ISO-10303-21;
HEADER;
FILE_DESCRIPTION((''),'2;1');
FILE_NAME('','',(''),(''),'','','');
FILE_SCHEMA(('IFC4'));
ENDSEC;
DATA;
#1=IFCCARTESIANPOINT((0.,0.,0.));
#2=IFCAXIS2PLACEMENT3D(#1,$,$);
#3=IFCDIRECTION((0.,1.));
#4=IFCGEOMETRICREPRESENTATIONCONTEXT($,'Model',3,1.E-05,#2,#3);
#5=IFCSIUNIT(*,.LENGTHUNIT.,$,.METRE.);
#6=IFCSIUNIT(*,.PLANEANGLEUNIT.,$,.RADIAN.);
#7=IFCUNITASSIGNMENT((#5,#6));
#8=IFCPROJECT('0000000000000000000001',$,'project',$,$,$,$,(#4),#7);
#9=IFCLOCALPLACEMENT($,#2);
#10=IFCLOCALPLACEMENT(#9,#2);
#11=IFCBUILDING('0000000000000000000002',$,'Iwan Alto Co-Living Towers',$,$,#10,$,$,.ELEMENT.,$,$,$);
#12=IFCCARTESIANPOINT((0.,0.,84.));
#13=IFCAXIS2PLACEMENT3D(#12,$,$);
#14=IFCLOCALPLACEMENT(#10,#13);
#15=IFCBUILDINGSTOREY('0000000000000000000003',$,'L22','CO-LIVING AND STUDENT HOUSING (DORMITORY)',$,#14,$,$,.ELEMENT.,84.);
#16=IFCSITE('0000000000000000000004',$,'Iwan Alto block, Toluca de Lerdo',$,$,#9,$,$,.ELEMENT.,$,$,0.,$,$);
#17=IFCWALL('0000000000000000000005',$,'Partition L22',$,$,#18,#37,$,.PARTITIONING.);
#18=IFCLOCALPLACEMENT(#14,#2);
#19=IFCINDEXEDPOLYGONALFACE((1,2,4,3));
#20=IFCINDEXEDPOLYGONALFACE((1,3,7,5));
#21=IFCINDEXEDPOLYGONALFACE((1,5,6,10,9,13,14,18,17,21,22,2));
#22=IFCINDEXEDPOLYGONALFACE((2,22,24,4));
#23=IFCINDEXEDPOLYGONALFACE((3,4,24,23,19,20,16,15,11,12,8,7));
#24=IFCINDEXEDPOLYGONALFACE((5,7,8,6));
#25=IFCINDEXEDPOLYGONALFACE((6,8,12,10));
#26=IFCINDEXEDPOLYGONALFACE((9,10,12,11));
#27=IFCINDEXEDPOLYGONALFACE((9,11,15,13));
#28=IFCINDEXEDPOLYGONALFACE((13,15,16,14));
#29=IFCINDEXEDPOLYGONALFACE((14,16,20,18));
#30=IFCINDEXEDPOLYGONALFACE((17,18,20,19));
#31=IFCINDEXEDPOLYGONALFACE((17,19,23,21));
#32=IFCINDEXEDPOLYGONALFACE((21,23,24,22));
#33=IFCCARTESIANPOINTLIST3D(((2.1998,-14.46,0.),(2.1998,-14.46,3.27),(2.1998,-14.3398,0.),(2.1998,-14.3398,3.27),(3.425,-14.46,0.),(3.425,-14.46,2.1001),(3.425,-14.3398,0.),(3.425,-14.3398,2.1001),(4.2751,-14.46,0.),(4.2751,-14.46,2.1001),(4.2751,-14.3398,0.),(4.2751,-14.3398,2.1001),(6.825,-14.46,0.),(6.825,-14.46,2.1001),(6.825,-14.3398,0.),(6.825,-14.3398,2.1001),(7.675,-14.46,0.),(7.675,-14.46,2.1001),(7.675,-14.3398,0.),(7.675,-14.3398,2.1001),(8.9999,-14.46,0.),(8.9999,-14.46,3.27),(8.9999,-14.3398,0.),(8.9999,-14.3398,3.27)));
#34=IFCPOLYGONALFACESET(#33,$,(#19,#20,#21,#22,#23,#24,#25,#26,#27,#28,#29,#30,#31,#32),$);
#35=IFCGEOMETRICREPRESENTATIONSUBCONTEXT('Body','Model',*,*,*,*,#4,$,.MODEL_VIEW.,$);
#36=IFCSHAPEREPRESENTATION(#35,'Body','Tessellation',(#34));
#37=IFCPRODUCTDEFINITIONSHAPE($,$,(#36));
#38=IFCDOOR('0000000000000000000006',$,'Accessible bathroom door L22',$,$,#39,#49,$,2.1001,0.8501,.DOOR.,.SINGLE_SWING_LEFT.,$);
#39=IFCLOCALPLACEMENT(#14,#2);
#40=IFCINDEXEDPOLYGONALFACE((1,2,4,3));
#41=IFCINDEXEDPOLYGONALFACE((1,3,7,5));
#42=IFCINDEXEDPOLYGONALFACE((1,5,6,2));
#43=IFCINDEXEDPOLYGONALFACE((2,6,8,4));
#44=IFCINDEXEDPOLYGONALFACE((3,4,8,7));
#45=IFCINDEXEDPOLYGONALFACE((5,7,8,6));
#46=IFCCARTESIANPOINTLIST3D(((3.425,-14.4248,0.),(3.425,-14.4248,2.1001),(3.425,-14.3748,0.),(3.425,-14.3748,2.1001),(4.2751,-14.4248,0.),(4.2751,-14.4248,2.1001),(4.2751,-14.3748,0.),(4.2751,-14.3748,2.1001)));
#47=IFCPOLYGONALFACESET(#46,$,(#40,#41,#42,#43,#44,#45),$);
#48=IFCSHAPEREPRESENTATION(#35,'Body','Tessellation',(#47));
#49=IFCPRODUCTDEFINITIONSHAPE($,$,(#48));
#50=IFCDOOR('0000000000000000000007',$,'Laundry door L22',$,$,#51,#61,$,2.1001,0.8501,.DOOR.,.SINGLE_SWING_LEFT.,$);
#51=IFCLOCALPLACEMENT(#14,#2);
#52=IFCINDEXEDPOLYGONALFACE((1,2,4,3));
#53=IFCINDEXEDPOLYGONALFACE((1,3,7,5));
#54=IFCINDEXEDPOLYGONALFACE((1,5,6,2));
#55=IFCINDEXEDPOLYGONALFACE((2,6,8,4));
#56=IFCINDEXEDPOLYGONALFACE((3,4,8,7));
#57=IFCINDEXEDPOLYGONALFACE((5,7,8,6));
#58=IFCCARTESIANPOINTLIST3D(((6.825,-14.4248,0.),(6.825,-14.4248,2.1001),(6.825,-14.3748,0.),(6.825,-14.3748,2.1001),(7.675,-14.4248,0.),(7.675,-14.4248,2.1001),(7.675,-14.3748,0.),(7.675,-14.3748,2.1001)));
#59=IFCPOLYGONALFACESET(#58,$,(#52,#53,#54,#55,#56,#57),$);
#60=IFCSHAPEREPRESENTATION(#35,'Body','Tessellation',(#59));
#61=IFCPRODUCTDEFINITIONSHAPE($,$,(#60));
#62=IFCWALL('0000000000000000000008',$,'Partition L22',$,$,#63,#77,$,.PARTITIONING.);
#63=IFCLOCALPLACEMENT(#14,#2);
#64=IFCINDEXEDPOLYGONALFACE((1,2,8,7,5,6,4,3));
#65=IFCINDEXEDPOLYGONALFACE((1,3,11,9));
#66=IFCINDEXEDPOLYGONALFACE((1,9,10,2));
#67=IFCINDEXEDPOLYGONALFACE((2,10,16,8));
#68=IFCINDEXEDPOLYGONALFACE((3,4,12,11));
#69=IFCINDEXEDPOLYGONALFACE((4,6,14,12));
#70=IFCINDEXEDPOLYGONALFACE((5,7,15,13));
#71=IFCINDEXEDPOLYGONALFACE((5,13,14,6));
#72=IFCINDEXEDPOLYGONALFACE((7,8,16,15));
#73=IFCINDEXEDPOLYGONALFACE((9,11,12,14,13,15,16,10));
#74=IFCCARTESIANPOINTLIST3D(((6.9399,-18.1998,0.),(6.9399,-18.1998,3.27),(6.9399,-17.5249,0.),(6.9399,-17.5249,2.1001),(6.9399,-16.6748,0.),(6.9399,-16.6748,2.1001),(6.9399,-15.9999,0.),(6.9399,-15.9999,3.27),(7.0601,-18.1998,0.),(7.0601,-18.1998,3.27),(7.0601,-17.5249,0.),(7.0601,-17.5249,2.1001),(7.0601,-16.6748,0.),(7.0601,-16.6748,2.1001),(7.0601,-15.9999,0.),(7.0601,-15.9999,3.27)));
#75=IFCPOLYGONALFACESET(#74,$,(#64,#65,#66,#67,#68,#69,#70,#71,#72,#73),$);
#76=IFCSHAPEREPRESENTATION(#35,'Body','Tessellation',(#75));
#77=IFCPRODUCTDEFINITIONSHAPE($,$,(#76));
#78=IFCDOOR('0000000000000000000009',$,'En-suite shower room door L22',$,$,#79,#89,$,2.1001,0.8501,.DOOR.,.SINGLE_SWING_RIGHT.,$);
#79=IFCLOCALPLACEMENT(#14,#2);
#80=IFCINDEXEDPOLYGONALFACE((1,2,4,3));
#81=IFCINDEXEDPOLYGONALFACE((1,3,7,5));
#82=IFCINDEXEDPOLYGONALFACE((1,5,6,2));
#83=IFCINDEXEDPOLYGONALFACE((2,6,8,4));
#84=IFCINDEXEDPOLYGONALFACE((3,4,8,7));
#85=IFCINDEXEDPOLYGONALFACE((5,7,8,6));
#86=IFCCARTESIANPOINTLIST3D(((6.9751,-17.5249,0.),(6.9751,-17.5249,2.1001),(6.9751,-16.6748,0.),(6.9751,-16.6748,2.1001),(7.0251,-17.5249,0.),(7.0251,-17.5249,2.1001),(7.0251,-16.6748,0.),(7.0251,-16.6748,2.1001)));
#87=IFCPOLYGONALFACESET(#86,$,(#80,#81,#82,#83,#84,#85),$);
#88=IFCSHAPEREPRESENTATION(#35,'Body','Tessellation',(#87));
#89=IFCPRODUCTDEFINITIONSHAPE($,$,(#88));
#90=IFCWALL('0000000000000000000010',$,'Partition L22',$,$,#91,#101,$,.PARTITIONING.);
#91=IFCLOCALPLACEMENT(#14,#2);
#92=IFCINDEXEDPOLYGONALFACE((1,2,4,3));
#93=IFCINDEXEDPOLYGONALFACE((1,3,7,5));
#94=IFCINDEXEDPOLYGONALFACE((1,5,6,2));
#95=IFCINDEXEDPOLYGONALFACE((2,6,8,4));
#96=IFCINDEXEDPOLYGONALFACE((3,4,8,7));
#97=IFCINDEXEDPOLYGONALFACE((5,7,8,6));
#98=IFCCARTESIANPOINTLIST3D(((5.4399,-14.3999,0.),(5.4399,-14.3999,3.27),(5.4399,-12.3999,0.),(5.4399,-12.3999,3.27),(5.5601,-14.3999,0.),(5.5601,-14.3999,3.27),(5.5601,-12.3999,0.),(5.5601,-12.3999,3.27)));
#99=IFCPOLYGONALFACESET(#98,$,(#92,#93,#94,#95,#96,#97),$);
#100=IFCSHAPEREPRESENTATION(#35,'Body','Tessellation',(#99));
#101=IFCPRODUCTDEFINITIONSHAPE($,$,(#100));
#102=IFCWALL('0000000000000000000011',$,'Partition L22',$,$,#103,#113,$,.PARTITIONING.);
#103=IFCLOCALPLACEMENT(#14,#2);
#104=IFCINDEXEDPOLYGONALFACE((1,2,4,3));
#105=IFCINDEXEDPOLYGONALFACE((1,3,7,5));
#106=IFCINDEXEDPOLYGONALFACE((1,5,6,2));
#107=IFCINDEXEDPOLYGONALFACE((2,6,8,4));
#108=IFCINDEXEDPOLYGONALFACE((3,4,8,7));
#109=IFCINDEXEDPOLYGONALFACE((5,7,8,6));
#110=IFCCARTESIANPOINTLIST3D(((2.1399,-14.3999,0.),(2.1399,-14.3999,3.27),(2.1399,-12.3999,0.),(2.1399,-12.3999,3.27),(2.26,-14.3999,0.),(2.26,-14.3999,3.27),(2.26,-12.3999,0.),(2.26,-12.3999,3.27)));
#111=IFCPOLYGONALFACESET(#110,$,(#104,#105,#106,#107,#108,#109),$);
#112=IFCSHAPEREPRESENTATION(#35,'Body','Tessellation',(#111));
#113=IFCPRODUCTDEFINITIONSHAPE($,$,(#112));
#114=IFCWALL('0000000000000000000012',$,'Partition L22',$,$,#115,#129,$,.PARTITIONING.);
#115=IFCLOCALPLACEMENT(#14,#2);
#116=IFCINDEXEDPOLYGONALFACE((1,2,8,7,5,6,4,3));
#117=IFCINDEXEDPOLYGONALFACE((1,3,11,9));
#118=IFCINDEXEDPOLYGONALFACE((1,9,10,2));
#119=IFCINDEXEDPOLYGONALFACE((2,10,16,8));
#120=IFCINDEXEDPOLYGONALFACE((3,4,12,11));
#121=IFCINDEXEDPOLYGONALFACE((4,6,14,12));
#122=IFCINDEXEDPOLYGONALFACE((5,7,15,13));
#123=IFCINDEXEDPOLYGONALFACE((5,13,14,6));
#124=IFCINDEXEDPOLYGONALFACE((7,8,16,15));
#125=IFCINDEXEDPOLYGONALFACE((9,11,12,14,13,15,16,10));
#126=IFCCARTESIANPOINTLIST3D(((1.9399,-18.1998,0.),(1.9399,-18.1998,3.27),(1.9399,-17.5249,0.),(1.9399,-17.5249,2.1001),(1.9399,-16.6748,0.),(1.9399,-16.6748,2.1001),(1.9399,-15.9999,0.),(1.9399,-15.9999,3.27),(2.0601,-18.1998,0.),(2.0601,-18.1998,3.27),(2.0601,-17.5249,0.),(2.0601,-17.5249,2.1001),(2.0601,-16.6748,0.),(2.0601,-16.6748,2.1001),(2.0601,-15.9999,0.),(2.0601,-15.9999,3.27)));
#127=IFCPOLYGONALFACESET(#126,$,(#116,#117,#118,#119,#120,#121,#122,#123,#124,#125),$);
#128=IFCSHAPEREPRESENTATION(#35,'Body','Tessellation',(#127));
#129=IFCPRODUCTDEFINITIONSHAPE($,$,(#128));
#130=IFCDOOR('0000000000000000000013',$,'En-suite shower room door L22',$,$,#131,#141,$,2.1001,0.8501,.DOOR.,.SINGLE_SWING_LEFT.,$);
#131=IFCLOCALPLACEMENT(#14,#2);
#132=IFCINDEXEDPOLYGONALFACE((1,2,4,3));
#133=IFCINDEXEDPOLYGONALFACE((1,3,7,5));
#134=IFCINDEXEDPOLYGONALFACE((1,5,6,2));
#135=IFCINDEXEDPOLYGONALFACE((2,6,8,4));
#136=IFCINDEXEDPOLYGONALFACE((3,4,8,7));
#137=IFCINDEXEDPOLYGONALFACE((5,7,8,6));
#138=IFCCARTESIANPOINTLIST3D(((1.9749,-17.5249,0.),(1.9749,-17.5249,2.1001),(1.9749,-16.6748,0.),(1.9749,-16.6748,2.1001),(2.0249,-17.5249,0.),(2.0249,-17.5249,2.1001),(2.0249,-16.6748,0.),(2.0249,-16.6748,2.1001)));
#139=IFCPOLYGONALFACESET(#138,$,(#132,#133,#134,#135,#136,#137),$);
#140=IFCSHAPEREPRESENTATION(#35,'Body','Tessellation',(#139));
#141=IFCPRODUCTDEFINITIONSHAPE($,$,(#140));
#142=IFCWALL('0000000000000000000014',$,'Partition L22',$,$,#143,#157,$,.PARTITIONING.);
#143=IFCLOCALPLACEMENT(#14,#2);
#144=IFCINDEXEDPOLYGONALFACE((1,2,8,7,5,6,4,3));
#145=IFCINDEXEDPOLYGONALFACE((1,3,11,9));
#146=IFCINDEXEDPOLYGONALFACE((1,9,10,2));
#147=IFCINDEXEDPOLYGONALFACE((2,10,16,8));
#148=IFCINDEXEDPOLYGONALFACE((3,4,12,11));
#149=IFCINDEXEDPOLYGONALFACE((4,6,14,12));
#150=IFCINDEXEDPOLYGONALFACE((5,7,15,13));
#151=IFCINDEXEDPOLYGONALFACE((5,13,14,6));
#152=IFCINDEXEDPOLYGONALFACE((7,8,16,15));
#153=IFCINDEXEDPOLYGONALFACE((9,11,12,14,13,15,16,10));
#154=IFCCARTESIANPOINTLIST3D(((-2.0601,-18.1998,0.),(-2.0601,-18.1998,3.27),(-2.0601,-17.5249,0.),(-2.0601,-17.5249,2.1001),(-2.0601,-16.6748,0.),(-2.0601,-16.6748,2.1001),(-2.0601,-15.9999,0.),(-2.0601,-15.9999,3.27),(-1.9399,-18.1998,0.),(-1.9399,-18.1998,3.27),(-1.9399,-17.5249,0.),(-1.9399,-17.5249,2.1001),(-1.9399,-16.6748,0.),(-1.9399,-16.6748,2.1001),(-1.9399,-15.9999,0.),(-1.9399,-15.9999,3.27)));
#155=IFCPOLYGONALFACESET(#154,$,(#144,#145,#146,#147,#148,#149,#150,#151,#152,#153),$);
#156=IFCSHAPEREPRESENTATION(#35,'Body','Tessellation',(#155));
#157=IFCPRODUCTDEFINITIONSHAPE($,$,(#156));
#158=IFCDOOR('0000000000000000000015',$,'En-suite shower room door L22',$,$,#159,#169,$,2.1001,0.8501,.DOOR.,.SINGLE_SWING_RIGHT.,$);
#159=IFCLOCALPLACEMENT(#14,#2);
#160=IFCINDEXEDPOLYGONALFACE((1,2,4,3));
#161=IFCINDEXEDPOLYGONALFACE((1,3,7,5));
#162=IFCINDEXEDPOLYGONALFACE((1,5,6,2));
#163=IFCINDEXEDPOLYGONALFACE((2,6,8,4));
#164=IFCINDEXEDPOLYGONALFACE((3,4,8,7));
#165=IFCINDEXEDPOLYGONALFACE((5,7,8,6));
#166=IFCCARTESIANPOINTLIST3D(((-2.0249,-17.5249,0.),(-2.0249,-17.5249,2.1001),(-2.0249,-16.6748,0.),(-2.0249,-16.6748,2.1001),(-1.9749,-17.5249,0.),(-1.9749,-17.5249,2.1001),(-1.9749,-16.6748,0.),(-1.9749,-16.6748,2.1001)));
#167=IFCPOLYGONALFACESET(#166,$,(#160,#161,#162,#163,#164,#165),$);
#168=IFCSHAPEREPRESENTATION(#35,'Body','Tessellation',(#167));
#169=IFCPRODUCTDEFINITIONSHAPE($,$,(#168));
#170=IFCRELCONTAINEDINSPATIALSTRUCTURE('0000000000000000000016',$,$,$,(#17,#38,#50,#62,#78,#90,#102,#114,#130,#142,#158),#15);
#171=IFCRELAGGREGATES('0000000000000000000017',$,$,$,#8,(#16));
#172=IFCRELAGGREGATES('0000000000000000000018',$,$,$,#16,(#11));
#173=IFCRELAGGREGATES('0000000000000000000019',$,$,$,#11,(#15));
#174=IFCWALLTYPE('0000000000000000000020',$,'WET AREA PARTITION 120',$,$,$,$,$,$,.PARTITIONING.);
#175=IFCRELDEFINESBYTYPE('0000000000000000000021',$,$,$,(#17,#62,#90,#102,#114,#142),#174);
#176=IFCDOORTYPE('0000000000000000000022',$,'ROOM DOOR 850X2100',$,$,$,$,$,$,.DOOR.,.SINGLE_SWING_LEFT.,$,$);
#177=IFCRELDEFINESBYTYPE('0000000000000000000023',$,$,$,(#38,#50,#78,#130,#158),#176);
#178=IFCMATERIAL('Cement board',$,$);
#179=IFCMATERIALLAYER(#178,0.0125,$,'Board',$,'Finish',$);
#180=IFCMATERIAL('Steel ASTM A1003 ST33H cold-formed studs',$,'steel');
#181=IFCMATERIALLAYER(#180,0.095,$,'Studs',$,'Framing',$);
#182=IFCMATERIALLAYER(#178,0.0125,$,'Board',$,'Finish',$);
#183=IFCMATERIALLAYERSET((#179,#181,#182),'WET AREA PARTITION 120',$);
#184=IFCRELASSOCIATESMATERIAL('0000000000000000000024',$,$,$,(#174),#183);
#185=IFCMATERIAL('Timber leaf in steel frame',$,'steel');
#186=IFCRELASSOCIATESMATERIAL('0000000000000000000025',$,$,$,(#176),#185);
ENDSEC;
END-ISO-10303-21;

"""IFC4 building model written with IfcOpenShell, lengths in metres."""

from ifc_helpers import new_model, si_unit, direction, frame, frame_2d, origin, place, context, subcontext, project, spatial, rectangle, extrude, material, layer, layer_set, type_object, element, fill, save


model = new_model("IFC4")

# Units and contexts
model_context = context("Model", 3, precision=1e-05, world=origin(), true_north=direction((0.0, 1.0)))
body_context = subcontext(model_context, "Body", "Model", "MODEL_VIEW")
ifc_project = project(units=[si_unit("LENGTHUNIT", "METRE"), si_unit("PLANEANGLEUNIT", "RADIAN")], contexts=[model_context])

# Site, building, storey
site_placement = place(None, origin())
site = spatial("IfcSite", under=ifc_project, at=site_placement, Name="Iwan Alto block, Toluca de Lerdo", CompositionType="ELEMENT", RefElevation=0.0)
building_placement = place(site_placement, origin())
building = spatial("IfcBuilding", under=site, at=building_placement, Name="Iwan Alto Co-Living Towers", CompositionType="ELEMENT")
storey_placement = place(building_placement, frame((0.0, 0.0, 84.0)))
storey = spatial("IfcBuildingStorey", under=building, at=storey_placement, Name="L22", Description="CO-LIVING AND STUDENT HOUSING (DORMITORY)", CompositionType="ELEMENT", Elevation=84.0)

# Shared definitions
ifc_material_1 = material(Name="Cement board")
ifc_layer_1 = layer(ifc_material_1, 0.0125, Name="Board", Category="Finish")
ifc_material_2 = material(Name="Steel ASTM A1003 ST33H cold-formed studs", Category="steel")
ifc_layer_2 = layer(ifc_material_2, 0.095, Name="Studs", Category="Framing")
ifc_layer_3 = layer(ifc_material_1, 0.0125, Name="Board", Category="Finish")
ifc_layer_set_1 = layer_set([ifc_layer_1, ifc_layer_2, ifc_layer_3], Name="WET AREA PARTITION 120")
wall_type_1 = type_object("IfcWallType", Name="WET AREA PARTITION 120", PredefinedType="PARTITIONING", material=ifc_layer_set_1)

# Wall, openings, doors
wall_1_placement = place(storey_placement, frame((2.2, -14.3999, 0.0), z_axis=(0.0, 0.0, 1.0), x_axis=(1.0, 0.0, 0.0)))
wall_1 = element("IfcWall", 1, at=wall_1_placement, inside=storey, type_object=wall_type_1, Name="Partition L22", PredefinedType="PARTITIONING", context=body_context, shape_type="SweptSolid", body=[
    extrude(rectangle(XDim=6.8, YDim=0.1201, at=frame_2d((3.3999, 0.0))), origin(), (0.0, 0.0, 1.0), 3.27),
])
opening_1_placement = place(wall_1_placement, frame((1.2251, 0.0, 0.0)))
opening_1 = element("IfcOpeningElement", 2, at=opening_1_placement, cuts=wall_1, PredefinedType="OPENING", context=body_context, shape_type="SweptSolid", body=[
    extrude(rectangle(XDim=0.8501, YDim=2.1001, at=frame_2d((0.425, 1.05))), frame((0.0, 0.0701, 0.0), z_axis=(0.0, -1.0, 0.0), x_axis=(1.0, 0.0, 0.0)), (0.0, 0.0, 1.0), 0.1401),
])
opening_2_placement = place(wall_1_placement, frame((4.625, 0.0, 0.0)))
opening_2 = element("IfcOpeningElement", 3, at=opening_2_placement, cuts=wall_1, PredefinedType="OPENING", context=body_context, shape_type="SweptSolid", body=[
    extrude(rectangle(XDim=0.8501, YDim=2.1001, at=frame_2d((0.425, 1.05))), frame((0.0, 0.0701, 0.0), z_axis=(0.0, -1.0, 0.0), x_axis=(1.0, 0.0, 0.0)), (0.0, 0.0, 1.0), 0.1401),
])
ifc_material_3 = material(Name="Timber leaf in steel frame", Category="steel")
door_type_1 = type_object("IfcDoorType", Name="ROOM DOOR 850X2100", OperationType="SINGLE_SWING_LEFT", PredefinedType="DOOR", material=ifc_material_3)
door_1_placement = place(opening_1_placement, frame((0.8501, 0.0, 0.0), z_axis=(0.0, 0.0, 1.0), x_axis=(-1.0, 0.0, 0.0)))
door_1 = element("IfcDoor", 4, at=door_1_placement, inside=storey, type_object=door_type_1, Name="Accessible bathroom door L22", OperationType="SINGLE_SWING_LEFT", OverallHeight=2.1001, OverallWidth=0.8501, PredefinedType="DOOR", context=body_context, shape_type="SweptSolid", body=[
    extrude(rectangle(XDim=0.8501, YDim=2.1001, at=frame_2d((0.425, 1.05))), frame((0.0, 0.0249, 0.0), z_axis=(0.0, -1.0, 0.0), x_axis=(1.0, 0.0, 0.0)), (0.0, 0.0, 1.0), 0.05),
])
fill(opening_1, door_1)
door_2_placement = place(opening_2_placement, frame((0.8501, 0.0, 0.0), z_axis=(0.0, 0.0, 1.0), x_axis=(-1.0, 0.0, 0.0)))
door_2 = element("IfcDoor", 5, at=door_2_placement, inside=storey, type_object=door_type_1, Name="Laundry door L22", OperationType="SINGLE_SWING_LEFT", OverallHeight=2.1001, OverallWidth=0.8501, PredefinedType="DOOR", context=body_context, shape_type="SweptSolid", body=[
    extrude(rectangle(XDim=0.8501, YDim=2.1001, at=frame_2d((0.425, 1.05))), frame((0.0, 0.0249, 0.0), z_axis=(0.0, -1.0, 0.0), x_axis=(1.0, 0.0, 0.0)), (0.0, 0.0, 1.0), 0.05),
])
fill(opening_2, door_2)

# Wall, opening, door
wall_2_placement = place(storey_placement, frame((7.0, -18.2, 0.0), z_axis=(0.0, 0.0, 1.0), x_axis=(0.0, 1.0, 0.0)))
wall_2 = element("IfcWall", 6, at=wall_2_placement, inside=storey, type_object=wall_type_1, Name="Partition L22", PredefinedType="PARTITIONING", context=body_context, shape_type="SweptSolid", body=[
    extrude(rectangle(XDim=2.2, YDim=0.1201, at=frame_2d((1.1001, 0.0))), origin(), (0.0, 0.0, 1.0), 3.27),
])
opening_3_placement = place(wall_2_placement, frame((0.675, 0.0, 0.0)))
opening_3 = element("IfcOpeningElement", 7, at=opening_3_placement, cuts=wall_2, PredefinedType="OPENING", context=body_context, shape_type="SweptSolid", body=[
    extrude(rectangle(XDim=0.8501, YDim=2.1001, at=frame_2d((0.425, 1.05))), frame((0.0, 0.0701, 0.0), z_axis=(0.0, -1.0, 0.0), x_axis=(1.0, 0.0, 0.0)), (0.0, 0.0, 1.0), 0.1401),
])
door_3_placement = place(opening_3_placement, origin())
door_3 = element("IfcDoor", 8, at=door_3_placement, inside=storey, type_object=door_type_1, Name="En-suite shower room door L22", OperationType="SINGLE_SWING_RIGHT", OverallHeight=2.1001, OverallWidth=0.8501, PredefinedType="DOOR", context=body_context, shape_type="SweptSolid", body=[
    extrude(rectangle(XDim=0.8501, YDim=2.1001, at=frame_2d((0.425, 1.05))), frame((0.0, 0.0249, 0.0), z_axis=(0.0, -1.0, 0.0), x_axis=(1.0, 0.0, 0.0)), (0.0, 0.0, 1.0), 0.05),
])
fill(opening_3, door_3)

# Walls
for number, where, z_axis, x_axis, name in (
    (9, (5.5, -14.3999, 0.0), (0.0, 0.0, 1.0), (0.0, 1.0, 0.0), "Partition L22"),
    (10, (2.2, -14.3999, 0.0), (0.0, 0.0, 1.0), (0.0, 1.0, 0.0), "Partition L22"),
):
    element("IfcWall", number, at=place(storey_placement, frame(where, z_axis=z_axis, x_axis=x_axis)), inside=storey, type_object=wall_type_1, Name=name, PredefinedType="PARTITIONING", context=body_context, shape_type="SweptSolid", body=[
        extrude(rectangle(XDim=2.0, YDim=0.1201, at=frame_2d((1.0, 0.0))), origin(), (0.0, 0.0, 1.0), 3.27),
    ])

# Walls, openings, doors
wall_3_placement = place(storey_placement, frame((2.0, -18.2, 0.0), z_axis=(0.0, 0.0, 1.0), x_axis=(0.0, 1.0, 0.0)))
wall_3 = element("IfcWall", 11, at=wall_3_placement, inside=storey, type_object=wall_type_1, Name="Partition L22", PredefinedType="PARTITIONING", context=body_context, shape_type="SweptSolid", body=[
    extrude(rectangle(XDim=2.2, YDim=0.1201, at=frame_2d((1.1001, 0.0))), origin(), (0.0, 0.0, 1.0), 3.27),
])
opening_4_placement = place(wall_3_placement, frame((0.675, 0.0, 0.0)))
opening_4 = element("IfcOpeningElement", 12, at=opening_4_placement, cuts=wall_3, PredefinedType="OPENING", context=body_context, shape_type="SweptSolid", body=[
    extrude(rectangle(XDim=0.8501, YDim=2.1001, at=frame_2d((0.425, 1.05))), frame((0.0, 0.0701, 0.0), z_axis=(0.0, -1.0, 0.0), x_axis=(1.0, 0.0, 0.0)), (0.0, 0.0, 1.0), 0.1401),
])
door_4_placement = place(opening_4_placement, frame((0.8501, 0.0, 0.0), z_axis=(0.0, 0.0, 1.0), x_axis=(-1.0, 0.0, 0.0)))
door_4 = element("IfcDoor", 13, at=door_4_placement, inside=storey, type_object=door_type_1, Name="En-suite shower room door L22", OperationType="SINGLE_SWING_LEFT", OverallHeight=2.1001, OverallWidth=0.8501, PredefinedType="DOOR", context=body_context, shape_type="SweptSolid", body=[
    extrude(rectangle(XDim=0.8501, YDim=2.1001, at=frame_2d((0.425, 1.05))), frame((0.0, 0.0249, 0.0), z_axis=(0.0, -1.0, 0.0), x_axis=(1.0, 0.0, 0.0)), (0.0, 0.0, 1.0), 0.05),
])
fill(opening_4, door_4)
wall_4_placement = place(storey_placement, frame((-2.0, -18.2, 0.0), z_axis=(0.0, 0.0, 1.0), x_axis=(0.0, 1.0, 0.0)))
wall_4 = element("IfcWall", 14, at=wall_4_placement, inside=storey, type_object=wall_type_1, Name="Partition L22", PredefinedType="PARTITIONING", context=body_context, shape_type="SweptSolid", body=[
    extrude(rectangle(XDim=2.2, YDim=0.1201, at=frame_2d((1.1001, 0.0))), origin(), (0.0, 0.0, 1.0), 3.27),
])
opening_5_placement = place(wall_4_placement, frame((0.675, 0.0, 0.0)))
opening_5 = element("IfcOpeningElement", 15, at=opening_5_placement, cuts=wall_4, PredefinedType="OPENING", context=body_context, shape_type="SweptSolid", body=[
    extrude(rectangle(XDim=0.8501, YDim=2.1001, at=frame_2d((0.425, 1.05))), frame((0.0, 0.0701, 0.0), z_axis=(0.0, -1.0, 0.0), x_axis=(1.0, 0.0, 0.0)), (0.0, 0.0, 1.0), 0.1401),
])
door_5_placement = place(opening_5_placement, origin())
door_5 = element("IfcDoor", 16, at=door_5_placement, inside=storey, type_object=door_type_1, Name="En-suite shower room door L22", OperationType="SINGLE_SWING_RIGHT", OverallHeight=2.1001, OverallWidth=0.8501, PredefinedType="DOOR", context=body_context, shape_type="SweptSolid", body=[
    extrude(rectangle(XDim=0.8501, YDim=2.1001, at=frame_2d((0.425, 1.05))), frame((0.0, 0.0249, 0.0), z_axis=(0.0, -1.0, 0.0), x_axis=(1.0, 0.0, 0.0)), (0.0, 0.0, 1.0), 0.05),
])
fill(opening_5, door_5)

save(model, "model.ifc")
